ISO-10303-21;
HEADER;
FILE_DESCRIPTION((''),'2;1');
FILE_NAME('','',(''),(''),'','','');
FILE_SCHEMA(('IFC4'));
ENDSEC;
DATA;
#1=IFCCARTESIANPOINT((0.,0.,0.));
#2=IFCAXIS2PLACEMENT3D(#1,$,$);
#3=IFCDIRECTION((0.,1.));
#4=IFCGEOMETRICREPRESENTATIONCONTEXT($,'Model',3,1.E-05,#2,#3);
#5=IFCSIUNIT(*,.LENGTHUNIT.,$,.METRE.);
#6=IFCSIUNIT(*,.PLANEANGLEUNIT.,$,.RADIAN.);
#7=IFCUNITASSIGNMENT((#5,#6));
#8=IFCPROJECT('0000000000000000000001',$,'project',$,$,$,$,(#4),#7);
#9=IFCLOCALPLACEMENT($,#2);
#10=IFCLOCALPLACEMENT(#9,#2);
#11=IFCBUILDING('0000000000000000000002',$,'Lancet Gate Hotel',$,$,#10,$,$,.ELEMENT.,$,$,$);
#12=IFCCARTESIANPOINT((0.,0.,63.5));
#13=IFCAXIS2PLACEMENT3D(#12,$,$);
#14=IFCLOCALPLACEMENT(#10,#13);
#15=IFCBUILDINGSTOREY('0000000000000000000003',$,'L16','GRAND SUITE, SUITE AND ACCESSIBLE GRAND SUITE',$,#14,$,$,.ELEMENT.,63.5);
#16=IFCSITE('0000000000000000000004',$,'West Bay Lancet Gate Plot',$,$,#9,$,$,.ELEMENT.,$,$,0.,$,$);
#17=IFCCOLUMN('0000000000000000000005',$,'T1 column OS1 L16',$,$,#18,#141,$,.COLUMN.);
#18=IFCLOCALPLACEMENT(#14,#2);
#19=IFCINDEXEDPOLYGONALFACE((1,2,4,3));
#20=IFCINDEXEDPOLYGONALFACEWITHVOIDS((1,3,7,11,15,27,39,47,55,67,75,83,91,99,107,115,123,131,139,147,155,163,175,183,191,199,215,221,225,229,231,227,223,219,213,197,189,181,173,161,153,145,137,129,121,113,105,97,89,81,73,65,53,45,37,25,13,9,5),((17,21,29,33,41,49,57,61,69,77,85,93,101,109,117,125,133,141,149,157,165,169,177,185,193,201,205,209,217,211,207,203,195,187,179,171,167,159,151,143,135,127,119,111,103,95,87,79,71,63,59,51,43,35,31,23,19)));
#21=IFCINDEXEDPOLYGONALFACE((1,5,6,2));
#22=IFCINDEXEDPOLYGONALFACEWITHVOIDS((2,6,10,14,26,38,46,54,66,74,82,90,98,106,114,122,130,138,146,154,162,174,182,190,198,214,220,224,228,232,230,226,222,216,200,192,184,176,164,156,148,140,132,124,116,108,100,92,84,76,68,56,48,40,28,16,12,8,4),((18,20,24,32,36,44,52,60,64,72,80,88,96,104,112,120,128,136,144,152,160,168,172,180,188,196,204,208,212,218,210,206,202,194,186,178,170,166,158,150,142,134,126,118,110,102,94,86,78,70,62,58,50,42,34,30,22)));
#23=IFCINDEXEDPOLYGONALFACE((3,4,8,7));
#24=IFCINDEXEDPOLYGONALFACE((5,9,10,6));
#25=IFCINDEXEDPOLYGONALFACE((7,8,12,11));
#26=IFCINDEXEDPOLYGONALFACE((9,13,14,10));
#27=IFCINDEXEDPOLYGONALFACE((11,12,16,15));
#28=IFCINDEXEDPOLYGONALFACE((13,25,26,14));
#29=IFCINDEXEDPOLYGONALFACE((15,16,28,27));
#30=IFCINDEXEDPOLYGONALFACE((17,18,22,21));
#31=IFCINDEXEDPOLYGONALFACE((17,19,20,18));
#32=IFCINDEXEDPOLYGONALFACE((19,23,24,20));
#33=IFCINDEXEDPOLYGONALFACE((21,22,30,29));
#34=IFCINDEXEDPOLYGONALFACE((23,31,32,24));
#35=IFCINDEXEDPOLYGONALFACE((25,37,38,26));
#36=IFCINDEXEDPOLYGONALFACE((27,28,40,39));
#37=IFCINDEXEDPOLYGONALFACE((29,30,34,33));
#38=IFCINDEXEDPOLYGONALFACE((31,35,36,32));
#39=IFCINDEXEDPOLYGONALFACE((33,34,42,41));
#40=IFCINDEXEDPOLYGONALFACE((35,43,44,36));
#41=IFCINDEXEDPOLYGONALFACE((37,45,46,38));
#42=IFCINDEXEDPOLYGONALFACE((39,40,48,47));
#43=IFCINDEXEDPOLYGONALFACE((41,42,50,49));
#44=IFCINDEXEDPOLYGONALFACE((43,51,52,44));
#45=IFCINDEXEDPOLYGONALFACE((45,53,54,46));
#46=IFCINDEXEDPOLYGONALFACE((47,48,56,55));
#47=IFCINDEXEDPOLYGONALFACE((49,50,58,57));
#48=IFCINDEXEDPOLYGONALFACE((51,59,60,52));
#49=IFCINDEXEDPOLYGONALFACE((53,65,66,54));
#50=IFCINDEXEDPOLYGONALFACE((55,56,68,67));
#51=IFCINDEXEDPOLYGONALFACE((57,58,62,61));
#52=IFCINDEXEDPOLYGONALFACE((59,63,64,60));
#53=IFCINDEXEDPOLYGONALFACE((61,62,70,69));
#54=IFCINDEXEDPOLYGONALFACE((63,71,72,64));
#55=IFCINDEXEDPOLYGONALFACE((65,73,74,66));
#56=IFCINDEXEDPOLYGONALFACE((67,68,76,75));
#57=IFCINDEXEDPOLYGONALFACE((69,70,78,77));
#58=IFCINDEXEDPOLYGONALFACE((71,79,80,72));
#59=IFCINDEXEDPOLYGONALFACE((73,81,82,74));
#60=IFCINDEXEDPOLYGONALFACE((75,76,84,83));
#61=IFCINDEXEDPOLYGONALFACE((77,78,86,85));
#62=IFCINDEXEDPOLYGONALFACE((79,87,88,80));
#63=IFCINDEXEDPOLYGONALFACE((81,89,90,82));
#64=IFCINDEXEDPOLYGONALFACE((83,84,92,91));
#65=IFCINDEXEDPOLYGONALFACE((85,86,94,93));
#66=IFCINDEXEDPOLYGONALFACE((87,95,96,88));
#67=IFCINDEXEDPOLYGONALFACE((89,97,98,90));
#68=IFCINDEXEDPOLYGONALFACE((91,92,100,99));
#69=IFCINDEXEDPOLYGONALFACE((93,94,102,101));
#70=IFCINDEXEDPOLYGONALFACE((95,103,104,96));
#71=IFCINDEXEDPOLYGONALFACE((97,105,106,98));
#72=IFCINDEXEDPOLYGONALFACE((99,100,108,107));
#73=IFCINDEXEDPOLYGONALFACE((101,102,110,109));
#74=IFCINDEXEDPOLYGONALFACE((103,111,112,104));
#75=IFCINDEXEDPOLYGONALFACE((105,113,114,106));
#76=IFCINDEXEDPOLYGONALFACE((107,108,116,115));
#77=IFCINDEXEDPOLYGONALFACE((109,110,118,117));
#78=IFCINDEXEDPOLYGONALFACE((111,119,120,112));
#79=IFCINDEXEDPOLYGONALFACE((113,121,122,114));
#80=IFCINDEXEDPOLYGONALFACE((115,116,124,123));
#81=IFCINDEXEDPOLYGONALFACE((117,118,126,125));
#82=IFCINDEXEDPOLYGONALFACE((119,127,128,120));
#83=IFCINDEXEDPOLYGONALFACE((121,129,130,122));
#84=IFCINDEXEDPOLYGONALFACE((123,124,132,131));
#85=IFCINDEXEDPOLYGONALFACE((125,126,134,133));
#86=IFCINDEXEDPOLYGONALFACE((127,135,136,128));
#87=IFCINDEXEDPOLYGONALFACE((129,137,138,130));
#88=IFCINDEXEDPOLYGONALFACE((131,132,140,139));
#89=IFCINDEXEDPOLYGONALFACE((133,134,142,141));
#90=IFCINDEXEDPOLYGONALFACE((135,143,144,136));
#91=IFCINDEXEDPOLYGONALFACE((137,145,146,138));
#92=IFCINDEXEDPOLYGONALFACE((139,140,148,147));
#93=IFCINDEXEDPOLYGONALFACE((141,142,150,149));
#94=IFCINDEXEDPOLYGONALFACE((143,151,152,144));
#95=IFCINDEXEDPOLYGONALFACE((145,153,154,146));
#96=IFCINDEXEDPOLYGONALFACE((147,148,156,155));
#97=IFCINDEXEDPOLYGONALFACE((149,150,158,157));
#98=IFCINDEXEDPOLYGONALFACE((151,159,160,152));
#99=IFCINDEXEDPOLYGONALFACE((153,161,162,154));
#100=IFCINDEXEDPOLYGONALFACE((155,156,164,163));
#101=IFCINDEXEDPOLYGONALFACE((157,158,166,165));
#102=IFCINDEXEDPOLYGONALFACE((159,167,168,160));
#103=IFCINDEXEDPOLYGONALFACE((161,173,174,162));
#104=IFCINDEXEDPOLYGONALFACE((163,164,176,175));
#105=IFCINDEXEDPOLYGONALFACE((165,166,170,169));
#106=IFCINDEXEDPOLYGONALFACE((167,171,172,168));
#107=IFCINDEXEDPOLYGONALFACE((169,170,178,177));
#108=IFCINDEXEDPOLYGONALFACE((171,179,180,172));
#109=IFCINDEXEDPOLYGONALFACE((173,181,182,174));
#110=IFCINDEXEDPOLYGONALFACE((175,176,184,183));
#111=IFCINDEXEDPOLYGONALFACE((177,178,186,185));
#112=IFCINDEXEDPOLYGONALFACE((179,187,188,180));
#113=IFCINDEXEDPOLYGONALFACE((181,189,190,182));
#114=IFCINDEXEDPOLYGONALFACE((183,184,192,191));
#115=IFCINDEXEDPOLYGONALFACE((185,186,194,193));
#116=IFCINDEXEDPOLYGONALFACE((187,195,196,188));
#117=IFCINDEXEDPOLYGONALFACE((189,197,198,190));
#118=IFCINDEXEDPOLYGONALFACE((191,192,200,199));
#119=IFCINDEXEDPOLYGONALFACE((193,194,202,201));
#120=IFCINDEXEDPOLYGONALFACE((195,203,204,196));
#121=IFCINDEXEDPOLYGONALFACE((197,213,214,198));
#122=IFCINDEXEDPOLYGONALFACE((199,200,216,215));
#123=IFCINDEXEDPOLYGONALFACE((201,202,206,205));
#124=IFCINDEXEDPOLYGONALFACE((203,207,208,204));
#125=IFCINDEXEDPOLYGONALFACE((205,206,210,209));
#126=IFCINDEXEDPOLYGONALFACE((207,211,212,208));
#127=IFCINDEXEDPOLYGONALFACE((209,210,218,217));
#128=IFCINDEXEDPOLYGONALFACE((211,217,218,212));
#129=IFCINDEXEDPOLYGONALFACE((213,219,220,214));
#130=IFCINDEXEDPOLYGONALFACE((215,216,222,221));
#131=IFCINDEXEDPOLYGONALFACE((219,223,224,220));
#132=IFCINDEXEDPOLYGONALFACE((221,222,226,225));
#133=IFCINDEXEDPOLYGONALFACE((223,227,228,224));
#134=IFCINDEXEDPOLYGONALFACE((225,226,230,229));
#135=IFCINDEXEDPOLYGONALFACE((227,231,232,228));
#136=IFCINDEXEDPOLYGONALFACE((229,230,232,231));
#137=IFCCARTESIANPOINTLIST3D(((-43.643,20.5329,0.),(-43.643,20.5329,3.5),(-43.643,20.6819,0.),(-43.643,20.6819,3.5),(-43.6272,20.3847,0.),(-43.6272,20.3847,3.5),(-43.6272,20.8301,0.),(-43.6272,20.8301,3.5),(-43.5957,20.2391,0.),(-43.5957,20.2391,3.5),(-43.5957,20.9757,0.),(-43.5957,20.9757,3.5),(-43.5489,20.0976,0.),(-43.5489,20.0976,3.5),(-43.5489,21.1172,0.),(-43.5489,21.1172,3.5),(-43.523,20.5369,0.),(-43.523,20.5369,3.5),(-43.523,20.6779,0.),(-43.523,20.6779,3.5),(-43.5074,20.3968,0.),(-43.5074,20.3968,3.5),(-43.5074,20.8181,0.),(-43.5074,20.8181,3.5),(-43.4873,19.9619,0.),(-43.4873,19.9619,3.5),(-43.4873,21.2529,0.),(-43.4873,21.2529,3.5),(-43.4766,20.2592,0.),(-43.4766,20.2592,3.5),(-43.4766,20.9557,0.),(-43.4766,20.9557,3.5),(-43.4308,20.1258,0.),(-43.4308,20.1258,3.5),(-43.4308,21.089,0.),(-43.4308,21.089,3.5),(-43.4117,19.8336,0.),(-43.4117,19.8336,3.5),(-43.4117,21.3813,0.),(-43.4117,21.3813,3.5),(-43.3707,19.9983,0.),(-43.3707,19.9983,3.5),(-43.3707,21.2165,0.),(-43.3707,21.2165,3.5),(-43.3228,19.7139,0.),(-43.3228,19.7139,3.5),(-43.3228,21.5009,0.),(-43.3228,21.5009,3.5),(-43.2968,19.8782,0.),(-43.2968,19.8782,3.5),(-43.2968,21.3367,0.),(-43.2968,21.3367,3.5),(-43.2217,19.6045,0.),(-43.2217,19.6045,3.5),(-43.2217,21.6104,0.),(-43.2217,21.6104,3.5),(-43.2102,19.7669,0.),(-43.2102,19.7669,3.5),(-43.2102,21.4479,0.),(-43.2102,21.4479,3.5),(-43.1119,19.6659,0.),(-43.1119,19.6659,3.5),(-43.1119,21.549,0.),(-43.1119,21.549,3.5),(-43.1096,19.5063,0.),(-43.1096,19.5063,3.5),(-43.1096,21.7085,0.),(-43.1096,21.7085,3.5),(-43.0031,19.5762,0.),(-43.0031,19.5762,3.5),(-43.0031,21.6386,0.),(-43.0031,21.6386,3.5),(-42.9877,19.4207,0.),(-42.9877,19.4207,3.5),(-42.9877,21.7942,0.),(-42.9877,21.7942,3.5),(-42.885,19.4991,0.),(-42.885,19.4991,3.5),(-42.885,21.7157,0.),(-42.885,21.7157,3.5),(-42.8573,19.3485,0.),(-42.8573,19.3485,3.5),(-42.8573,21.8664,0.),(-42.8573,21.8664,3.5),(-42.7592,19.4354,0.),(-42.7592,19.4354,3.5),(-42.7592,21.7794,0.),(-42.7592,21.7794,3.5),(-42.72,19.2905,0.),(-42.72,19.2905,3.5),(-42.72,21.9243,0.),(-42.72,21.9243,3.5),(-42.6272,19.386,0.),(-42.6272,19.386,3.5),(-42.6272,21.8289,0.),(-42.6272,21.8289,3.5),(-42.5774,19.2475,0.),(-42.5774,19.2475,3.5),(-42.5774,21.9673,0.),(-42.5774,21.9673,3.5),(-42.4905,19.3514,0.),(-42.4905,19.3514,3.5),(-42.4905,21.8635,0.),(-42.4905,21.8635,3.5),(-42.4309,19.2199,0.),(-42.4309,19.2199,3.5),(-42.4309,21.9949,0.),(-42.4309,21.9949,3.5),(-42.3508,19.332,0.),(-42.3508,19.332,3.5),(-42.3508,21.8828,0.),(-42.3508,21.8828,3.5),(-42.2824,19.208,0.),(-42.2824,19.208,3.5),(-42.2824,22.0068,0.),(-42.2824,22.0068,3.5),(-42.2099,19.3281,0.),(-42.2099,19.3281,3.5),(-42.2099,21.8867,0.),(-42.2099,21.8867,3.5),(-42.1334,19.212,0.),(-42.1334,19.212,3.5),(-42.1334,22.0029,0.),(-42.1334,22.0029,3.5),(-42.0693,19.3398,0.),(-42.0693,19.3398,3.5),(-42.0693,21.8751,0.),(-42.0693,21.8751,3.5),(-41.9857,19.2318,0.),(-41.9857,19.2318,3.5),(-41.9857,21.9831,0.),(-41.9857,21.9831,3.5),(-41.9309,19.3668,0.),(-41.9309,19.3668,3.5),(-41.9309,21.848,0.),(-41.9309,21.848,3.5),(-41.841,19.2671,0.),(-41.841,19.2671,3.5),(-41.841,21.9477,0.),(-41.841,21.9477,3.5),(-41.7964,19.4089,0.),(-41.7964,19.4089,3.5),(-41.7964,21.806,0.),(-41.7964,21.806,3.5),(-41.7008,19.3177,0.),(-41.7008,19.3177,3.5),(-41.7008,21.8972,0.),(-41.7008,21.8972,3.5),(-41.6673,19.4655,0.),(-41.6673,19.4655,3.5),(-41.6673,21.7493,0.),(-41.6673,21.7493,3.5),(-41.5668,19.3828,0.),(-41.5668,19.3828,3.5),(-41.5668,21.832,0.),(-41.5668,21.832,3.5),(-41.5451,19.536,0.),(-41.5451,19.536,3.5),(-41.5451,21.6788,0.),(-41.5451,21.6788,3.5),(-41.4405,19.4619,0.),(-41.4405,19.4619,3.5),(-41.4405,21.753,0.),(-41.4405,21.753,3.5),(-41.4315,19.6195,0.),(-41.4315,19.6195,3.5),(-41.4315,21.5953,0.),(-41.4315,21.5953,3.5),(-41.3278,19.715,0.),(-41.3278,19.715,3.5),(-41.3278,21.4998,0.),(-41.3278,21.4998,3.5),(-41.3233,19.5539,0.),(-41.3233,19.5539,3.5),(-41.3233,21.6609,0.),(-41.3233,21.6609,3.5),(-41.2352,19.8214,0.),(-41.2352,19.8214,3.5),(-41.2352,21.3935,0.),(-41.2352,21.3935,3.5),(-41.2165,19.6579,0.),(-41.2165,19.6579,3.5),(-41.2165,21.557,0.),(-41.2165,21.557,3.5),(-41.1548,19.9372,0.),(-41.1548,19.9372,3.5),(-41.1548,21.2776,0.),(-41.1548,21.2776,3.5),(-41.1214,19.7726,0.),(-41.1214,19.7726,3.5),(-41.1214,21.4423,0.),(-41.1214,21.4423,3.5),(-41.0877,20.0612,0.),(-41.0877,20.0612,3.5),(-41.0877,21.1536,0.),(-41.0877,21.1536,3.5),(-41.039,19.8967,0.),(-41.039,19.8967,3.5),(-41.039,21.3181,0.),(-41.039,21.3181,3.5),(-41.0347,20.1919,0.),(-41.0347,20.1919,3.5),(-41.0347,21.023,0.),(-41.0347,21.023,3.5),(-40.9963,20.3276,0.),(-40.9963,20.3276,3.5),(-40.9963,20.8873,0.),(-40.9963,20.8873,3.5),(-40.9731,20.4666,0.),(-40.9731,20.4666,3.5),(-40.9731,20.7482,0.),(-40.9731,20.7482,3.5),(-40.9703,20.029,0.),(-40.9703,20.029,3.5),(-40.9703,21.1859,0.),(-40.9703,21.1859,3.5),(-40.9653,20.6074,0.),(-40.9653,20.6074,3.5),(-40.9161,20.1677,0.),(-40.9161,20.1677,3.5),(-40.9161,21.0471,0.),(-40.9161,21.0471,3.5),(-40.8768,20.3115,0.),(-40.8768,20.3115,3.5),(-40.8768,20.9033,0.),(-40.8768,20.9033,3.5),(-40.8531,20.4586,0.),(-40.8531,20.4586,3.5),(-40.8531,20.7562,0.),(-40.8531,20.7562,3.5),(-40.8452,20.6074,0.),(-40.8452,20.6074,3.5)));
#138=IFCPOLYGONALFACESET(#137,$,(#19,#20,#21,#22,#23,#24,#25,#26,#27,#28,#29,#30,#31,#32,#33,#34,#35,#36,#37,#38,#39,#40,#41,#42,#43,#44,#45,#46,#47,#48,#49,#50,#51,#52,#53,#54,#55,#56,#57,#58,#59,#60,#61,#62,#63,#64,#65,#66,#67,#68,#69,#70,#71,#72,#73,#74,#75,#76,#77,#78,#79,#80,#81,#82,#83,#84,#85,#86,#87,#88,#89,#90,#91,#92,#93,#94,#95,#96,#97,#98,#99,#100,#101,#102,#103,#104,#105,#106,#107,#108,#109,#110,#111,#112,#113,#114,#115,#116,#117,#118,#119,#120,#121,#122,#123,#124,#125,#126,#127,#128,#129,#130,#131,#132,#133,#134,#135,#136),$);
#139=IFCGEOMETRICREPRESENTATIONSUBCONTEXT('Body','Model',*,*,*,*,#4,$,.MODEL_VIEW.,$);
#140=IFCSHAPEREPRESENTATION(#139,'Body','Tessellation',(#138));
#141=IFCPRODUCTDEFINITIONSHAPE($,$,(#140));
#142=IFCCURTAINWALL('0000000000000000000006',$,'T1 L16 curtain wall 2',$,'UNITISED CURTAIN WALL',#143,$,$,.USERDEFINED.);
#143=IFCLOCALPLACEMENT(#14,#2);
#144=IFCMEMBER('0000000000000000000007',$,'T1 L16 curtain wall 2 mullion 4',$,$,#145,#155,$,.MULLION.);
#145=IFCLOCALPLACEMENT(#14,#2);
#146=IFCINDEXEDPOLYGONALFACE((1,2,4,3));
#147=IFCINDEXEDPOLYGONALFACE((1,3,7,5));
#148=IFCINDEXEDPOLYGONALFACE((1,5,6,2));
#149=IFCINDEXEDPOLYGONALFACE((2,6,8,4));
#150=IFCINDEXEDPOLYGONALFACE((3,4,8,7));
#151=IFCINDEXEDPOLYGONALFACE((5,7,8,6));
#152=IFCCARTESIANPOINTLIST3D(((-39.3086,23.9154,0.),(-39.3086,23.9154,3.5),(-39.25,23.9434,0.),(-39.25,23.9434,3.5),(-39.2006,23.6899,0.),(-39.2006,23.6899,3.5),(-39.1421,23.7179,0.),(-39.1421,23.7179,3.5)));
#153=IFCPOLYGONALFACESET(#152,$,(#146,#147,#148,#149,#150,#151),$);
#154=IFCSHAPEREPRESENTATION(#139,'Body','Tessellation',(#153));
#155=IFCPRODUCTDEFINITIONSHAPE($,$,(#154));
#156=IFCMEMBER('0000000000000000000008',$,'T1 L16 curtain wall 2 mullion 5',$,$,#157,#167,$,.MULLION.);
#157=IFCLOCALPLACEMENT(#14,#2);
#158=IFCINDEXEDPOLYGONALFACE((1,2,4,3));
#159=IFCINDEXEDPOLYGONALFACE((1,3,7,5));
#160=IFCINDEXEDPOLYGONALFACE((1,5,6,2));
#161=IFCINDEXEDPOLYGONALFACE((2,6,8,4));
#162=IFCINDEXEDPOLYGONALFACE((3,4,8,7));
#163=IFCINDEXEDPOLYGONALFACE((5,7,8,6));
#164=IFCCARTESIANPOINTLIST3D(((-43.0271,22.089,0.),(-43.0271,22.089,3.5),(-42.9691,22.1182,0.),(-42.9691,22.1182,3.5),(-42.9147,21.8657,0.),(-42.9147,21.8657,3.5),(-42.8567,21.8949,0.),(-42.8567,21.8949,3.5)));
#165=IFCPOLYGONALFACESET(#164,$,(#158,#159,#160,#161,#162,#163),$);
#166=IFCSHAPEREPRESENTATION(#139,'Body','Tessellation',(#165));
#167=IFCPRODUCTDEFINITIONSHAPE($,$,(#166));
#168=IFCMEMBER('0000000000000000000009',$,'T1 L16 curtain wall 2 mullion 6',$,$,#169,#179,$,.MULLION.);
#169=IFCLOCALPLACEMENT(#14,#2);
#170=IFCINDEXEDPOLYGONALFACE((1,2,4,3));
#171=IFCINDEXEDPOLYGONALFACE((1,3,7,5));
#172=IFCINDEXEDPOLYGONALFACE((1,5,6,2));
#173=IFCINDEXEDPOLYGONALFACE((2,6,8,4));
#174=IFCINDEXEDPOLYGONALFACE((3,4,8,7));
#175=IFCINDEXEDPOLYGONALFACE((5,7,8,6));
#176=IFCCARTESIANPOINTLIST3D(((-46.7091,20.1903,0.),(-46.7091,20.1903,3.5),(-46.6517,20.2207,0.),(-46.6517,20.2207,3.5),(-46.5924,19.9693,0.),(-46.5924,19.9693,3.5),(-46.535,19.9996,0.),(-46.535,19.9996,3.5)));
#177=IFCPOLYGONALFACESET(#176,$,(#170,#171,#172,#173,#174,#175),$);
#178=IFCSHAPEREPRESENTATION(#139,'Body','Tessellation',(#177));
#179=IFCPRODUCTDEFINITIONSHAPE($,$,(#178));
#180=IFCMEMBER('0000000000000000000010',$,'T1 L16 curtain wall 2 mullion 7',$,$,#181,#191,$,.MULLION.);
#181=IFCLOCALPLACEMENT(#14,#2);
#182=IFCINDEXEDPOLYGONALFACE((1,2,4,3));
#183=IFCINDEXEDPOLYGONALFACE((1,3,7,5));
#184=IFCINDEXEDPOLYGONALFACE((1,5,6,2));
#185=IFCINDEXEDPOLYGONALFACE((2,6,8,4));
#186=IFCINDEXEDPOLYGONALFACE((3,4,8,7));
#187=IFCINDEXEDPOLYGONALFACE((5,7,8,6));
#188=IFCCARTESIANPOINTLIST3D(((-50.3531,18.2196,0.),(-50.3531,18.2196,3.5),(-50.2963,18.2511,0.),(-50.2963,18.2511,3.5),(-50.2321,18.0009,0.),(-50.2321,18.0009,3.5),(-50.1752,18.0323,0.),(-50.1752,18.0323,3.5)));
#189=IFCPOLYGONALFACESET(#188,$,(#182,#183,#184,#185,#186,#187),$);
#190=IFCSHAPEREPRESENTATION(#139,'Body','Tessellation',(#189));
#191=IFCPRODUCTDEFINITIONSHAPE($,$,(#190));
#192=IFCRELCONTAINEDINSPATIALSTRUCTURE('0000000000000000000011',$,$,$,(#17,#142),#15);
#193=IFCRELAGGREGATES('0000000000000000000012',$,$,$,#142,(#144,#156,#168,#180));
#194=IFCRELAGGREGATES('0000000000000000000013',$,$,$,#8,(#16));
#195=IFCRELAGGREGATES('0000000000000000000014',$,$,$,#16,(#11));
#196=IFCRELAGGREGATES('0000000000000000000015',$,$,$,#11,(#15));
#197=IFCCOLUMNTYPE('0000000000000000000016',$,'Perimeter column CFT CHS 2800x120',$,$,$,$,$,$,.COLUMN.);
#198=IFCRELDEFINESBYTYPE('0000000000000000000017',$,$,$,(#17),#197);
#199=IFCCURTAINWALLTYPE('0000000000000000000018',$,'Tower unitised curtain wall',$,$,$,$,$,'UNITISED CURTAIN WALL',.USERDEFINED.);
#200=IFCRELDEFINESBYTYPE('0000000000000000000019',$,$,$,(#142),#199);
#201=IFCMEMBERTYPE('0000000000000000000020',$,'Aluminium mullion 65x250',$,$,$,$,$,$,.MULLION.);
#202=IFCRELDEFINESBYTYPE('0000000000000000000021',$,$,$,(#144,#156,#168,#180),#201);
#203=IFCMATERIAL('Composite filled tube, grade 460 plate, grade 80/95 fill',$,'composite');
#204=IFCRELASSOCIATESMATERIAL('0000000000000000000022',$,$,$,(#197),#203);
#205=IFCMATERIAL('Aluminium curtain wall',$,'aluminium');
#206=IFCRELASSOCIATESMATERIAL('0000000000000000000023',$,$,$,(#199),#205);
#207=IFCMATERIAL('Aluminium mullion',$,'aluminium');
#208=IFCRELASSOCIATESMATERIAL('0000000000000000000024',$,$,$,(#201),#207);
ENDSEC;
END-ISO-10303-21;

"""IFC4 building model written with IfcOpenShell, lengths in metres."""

from ifc_helpers import new_model, si_unit, direction, frame, origin, origin_2d, place, context, subcontext, project, spatial, rectangle, hollow_circle, extrude, material, material_profile, profile_set, type_object, element, aggregate, save


model = new_model("IFC4")

# Units and contexts
model_context = context("Model", 3, precision=1e-05, world=origin(), true_north=direction((0.0, 1.0)))
body_context = subcontext(model_context, "Body", "Model", "MODEL_VIEW")
ifc_project = project(units=[si_unit("LENGTHUNIT", "METRE"), si_unit("PLANEANGLEUNIT", "RADIAN")], contexts=[model_context])

# Site, building, storey
site_placement = place(None, origin())
site = spatial("IfcSite", under=ifc_project, at=site_placement, Name="West Bay Lancet Gate Plot", CompositionType="ELEMENT", RefElevation=0.0)
building_placement = place(site_placement, origin())
building = spatial("IfcBuilding", under=site, at=building_placement, Name="Lancet Gate Hotel", CompositionType="ELEMENT")
storey_placement = place(building_placement, frame((0.0, 0.0, 63.5)))
storey = spatial("IfcBuildingStorey", under=building, at=storey_placement, Name="L16", Description="GRAND SUITE, SUITE AND ACCESSIBLE GRAND SUITE", CompositionType="ELEMENT", Elevation=63.5)

# Column
ifc_material_1 = material(Name="Composite filled tube, grade 460 plate, grade 80/95 fill", Category="composite")
ifc_material_profile_1 = material_profile(ifc_material_1, hollow_circle(Radius=1.3999, WallThickness=0.1201, at=origin_2d()), Name="CHS 2800x120")
ifc_profile_set_1 = profile_set([ifc_material_profile_1], Name="Composite filled tube, grade 460 plate, grade 80/95 fill")
column_type = type_object("IfcColumnType", Name="Perimeter column CFT CHS 2800x120", PredefinedType="COLUMN", material=ifc_profile_set_1)
column_placement = place(storey_placement, frame((-42.2451, 20.6074, 0.0), z_axis=(0.0, 0.0, 1.0), x_axis=(1.0, 0.0, 0.0)))
element("IfcColumn", 1, at=column_placement, inside=storey, type_object=column_type, Name="T1 column OS1 L16", PredefinedType="COLUMN", context=body_context, shape_type="SweptSolid", body=[
    extrude(hollow_circle(Radius=1.3999, WallThickness=0.1201, at=origin_2d()), origin(), (0.0, 0.0, 1.0), 3.5),
])

# Curtain wall, members
ifc_material_2 = material(Name="Aluminium curtain wall", Category="aluminium")
curtain_wall_type = type_object("IfcCurtainWallType", Name="Tower unitised curtain wall", ElementType="UNITISED CURTAIN WALL", PredefinedType="USERDEFINED", material=ifc_material_2)
curtain_wall_placement = place(storey_placement, origin())
curtain_wall = element("IfcCurtainWall", 2, at=curtain_wall_placement, inside=storey, type_object=curtain_wall_type, Name="T1 L16 curtain wall 2", ObjectType="UNITISED CURTAIN WALL", PredefinedType="USERDEFINED")
ifc_material_3 = material(Name="Aluminium mullion", Category="aluminium")
ifc_material_profile_2 = material_profile(ifc_material_3, rectangle(XDim=0.0649, YDim=0.25, at=origin_2d()), Name="MULLION 65x250")
ifc_profile_set_2 = profile_set([ifc_material_profile_2], Name="Aluminium mullion")
member_type_1 = type_object("IfcMemberType", Name="Aluminium mullion 65x250", PredefinedType="MULLION", material=ifc_profile_set_2)
member_1_placement = place(storey_placement, frame((-39.2253, 23.8167, 0.0), z_axis=(0.0, 0.0, 1.0), x_axis=(-0.901929, -0.431885, 0.0)))
member_1 = element("IfcMember", 3, at=member_1_placement, type_object=member_type_1, Name="T1 L16 curtain wall 2 mullion 4", PredefinedType="MULLION", context=body_context, shape_type="SweptSolid", body=[
    extrude(rectangle(XDim=0.0649, YDim=0.25, at=origin_2d()), origin(), (0.0, 0.0, 1.0), 3.5),
])
member_2_placement = place(storey_placement, frame((-42.9419, 21.9919, 0.0), z_axis=(0.0, 0.0, 1.0), x_axis=(-0.893292, -0.449478, 0.0)))
member_2 = element("IfcMember", 4, at=member_2_placement, type_object=member_type_1, Name="T1 L16 curtain wall 2 mullion 5", PredefinedType="MULLION", context=body_context, shape_type="SweptSolid", body=[
    extrude(rectangle(XDim=0.0649, YDim=0.25, at=origin_2d()), origin(), (0.0, 0.0, 1.0), 3.5),
])
member_3_placement = place(storey_placement, frame((-46.6221, 20.095, 0.0), z_axis=(0.0, 0.0, 1.0), x_axis=(-0.884311, -0.466898, 0.0)))
member_3 = element("IfcMember", 5, at=member_3_placement, type_object=member_type_1, Name="T1 L16 curtain wall 2 mullion 6", PredefinedType="MULLION", context=body_context, shape_type="SweptSolid", body=[
    extrude(rectangle(XDim=0.0649, YDim=0.25, at=origin_2d()), origin(), (0.0, 0.0, 1.0), 3.5),
])
member_4_placement = place(storey_placement, frame((-50.2642, 18.126, 0.0), z_axis=(0.0, 0.0, 1.0), x_axis=(-0.874991, -0.484139, 0.0)))
member_4 = element("IfcMember", 6, at=member_4_placement, type_object=member_type_1, Name="T1 L16 curtain wall 2 mullion 7", PredefinedType="MULLION", context=body_context, shape_type="SweptSolid", body=[
    extrude(rectangle(XDim=0.0649, YDim=0.25, at=origin_2d()), origin(), (0.0, 0.0, 1.0), 3.5),
])

aggregate(curtain_wall, [member_1, member_2, member_3, member_4])

save(model, "model.ifc")
